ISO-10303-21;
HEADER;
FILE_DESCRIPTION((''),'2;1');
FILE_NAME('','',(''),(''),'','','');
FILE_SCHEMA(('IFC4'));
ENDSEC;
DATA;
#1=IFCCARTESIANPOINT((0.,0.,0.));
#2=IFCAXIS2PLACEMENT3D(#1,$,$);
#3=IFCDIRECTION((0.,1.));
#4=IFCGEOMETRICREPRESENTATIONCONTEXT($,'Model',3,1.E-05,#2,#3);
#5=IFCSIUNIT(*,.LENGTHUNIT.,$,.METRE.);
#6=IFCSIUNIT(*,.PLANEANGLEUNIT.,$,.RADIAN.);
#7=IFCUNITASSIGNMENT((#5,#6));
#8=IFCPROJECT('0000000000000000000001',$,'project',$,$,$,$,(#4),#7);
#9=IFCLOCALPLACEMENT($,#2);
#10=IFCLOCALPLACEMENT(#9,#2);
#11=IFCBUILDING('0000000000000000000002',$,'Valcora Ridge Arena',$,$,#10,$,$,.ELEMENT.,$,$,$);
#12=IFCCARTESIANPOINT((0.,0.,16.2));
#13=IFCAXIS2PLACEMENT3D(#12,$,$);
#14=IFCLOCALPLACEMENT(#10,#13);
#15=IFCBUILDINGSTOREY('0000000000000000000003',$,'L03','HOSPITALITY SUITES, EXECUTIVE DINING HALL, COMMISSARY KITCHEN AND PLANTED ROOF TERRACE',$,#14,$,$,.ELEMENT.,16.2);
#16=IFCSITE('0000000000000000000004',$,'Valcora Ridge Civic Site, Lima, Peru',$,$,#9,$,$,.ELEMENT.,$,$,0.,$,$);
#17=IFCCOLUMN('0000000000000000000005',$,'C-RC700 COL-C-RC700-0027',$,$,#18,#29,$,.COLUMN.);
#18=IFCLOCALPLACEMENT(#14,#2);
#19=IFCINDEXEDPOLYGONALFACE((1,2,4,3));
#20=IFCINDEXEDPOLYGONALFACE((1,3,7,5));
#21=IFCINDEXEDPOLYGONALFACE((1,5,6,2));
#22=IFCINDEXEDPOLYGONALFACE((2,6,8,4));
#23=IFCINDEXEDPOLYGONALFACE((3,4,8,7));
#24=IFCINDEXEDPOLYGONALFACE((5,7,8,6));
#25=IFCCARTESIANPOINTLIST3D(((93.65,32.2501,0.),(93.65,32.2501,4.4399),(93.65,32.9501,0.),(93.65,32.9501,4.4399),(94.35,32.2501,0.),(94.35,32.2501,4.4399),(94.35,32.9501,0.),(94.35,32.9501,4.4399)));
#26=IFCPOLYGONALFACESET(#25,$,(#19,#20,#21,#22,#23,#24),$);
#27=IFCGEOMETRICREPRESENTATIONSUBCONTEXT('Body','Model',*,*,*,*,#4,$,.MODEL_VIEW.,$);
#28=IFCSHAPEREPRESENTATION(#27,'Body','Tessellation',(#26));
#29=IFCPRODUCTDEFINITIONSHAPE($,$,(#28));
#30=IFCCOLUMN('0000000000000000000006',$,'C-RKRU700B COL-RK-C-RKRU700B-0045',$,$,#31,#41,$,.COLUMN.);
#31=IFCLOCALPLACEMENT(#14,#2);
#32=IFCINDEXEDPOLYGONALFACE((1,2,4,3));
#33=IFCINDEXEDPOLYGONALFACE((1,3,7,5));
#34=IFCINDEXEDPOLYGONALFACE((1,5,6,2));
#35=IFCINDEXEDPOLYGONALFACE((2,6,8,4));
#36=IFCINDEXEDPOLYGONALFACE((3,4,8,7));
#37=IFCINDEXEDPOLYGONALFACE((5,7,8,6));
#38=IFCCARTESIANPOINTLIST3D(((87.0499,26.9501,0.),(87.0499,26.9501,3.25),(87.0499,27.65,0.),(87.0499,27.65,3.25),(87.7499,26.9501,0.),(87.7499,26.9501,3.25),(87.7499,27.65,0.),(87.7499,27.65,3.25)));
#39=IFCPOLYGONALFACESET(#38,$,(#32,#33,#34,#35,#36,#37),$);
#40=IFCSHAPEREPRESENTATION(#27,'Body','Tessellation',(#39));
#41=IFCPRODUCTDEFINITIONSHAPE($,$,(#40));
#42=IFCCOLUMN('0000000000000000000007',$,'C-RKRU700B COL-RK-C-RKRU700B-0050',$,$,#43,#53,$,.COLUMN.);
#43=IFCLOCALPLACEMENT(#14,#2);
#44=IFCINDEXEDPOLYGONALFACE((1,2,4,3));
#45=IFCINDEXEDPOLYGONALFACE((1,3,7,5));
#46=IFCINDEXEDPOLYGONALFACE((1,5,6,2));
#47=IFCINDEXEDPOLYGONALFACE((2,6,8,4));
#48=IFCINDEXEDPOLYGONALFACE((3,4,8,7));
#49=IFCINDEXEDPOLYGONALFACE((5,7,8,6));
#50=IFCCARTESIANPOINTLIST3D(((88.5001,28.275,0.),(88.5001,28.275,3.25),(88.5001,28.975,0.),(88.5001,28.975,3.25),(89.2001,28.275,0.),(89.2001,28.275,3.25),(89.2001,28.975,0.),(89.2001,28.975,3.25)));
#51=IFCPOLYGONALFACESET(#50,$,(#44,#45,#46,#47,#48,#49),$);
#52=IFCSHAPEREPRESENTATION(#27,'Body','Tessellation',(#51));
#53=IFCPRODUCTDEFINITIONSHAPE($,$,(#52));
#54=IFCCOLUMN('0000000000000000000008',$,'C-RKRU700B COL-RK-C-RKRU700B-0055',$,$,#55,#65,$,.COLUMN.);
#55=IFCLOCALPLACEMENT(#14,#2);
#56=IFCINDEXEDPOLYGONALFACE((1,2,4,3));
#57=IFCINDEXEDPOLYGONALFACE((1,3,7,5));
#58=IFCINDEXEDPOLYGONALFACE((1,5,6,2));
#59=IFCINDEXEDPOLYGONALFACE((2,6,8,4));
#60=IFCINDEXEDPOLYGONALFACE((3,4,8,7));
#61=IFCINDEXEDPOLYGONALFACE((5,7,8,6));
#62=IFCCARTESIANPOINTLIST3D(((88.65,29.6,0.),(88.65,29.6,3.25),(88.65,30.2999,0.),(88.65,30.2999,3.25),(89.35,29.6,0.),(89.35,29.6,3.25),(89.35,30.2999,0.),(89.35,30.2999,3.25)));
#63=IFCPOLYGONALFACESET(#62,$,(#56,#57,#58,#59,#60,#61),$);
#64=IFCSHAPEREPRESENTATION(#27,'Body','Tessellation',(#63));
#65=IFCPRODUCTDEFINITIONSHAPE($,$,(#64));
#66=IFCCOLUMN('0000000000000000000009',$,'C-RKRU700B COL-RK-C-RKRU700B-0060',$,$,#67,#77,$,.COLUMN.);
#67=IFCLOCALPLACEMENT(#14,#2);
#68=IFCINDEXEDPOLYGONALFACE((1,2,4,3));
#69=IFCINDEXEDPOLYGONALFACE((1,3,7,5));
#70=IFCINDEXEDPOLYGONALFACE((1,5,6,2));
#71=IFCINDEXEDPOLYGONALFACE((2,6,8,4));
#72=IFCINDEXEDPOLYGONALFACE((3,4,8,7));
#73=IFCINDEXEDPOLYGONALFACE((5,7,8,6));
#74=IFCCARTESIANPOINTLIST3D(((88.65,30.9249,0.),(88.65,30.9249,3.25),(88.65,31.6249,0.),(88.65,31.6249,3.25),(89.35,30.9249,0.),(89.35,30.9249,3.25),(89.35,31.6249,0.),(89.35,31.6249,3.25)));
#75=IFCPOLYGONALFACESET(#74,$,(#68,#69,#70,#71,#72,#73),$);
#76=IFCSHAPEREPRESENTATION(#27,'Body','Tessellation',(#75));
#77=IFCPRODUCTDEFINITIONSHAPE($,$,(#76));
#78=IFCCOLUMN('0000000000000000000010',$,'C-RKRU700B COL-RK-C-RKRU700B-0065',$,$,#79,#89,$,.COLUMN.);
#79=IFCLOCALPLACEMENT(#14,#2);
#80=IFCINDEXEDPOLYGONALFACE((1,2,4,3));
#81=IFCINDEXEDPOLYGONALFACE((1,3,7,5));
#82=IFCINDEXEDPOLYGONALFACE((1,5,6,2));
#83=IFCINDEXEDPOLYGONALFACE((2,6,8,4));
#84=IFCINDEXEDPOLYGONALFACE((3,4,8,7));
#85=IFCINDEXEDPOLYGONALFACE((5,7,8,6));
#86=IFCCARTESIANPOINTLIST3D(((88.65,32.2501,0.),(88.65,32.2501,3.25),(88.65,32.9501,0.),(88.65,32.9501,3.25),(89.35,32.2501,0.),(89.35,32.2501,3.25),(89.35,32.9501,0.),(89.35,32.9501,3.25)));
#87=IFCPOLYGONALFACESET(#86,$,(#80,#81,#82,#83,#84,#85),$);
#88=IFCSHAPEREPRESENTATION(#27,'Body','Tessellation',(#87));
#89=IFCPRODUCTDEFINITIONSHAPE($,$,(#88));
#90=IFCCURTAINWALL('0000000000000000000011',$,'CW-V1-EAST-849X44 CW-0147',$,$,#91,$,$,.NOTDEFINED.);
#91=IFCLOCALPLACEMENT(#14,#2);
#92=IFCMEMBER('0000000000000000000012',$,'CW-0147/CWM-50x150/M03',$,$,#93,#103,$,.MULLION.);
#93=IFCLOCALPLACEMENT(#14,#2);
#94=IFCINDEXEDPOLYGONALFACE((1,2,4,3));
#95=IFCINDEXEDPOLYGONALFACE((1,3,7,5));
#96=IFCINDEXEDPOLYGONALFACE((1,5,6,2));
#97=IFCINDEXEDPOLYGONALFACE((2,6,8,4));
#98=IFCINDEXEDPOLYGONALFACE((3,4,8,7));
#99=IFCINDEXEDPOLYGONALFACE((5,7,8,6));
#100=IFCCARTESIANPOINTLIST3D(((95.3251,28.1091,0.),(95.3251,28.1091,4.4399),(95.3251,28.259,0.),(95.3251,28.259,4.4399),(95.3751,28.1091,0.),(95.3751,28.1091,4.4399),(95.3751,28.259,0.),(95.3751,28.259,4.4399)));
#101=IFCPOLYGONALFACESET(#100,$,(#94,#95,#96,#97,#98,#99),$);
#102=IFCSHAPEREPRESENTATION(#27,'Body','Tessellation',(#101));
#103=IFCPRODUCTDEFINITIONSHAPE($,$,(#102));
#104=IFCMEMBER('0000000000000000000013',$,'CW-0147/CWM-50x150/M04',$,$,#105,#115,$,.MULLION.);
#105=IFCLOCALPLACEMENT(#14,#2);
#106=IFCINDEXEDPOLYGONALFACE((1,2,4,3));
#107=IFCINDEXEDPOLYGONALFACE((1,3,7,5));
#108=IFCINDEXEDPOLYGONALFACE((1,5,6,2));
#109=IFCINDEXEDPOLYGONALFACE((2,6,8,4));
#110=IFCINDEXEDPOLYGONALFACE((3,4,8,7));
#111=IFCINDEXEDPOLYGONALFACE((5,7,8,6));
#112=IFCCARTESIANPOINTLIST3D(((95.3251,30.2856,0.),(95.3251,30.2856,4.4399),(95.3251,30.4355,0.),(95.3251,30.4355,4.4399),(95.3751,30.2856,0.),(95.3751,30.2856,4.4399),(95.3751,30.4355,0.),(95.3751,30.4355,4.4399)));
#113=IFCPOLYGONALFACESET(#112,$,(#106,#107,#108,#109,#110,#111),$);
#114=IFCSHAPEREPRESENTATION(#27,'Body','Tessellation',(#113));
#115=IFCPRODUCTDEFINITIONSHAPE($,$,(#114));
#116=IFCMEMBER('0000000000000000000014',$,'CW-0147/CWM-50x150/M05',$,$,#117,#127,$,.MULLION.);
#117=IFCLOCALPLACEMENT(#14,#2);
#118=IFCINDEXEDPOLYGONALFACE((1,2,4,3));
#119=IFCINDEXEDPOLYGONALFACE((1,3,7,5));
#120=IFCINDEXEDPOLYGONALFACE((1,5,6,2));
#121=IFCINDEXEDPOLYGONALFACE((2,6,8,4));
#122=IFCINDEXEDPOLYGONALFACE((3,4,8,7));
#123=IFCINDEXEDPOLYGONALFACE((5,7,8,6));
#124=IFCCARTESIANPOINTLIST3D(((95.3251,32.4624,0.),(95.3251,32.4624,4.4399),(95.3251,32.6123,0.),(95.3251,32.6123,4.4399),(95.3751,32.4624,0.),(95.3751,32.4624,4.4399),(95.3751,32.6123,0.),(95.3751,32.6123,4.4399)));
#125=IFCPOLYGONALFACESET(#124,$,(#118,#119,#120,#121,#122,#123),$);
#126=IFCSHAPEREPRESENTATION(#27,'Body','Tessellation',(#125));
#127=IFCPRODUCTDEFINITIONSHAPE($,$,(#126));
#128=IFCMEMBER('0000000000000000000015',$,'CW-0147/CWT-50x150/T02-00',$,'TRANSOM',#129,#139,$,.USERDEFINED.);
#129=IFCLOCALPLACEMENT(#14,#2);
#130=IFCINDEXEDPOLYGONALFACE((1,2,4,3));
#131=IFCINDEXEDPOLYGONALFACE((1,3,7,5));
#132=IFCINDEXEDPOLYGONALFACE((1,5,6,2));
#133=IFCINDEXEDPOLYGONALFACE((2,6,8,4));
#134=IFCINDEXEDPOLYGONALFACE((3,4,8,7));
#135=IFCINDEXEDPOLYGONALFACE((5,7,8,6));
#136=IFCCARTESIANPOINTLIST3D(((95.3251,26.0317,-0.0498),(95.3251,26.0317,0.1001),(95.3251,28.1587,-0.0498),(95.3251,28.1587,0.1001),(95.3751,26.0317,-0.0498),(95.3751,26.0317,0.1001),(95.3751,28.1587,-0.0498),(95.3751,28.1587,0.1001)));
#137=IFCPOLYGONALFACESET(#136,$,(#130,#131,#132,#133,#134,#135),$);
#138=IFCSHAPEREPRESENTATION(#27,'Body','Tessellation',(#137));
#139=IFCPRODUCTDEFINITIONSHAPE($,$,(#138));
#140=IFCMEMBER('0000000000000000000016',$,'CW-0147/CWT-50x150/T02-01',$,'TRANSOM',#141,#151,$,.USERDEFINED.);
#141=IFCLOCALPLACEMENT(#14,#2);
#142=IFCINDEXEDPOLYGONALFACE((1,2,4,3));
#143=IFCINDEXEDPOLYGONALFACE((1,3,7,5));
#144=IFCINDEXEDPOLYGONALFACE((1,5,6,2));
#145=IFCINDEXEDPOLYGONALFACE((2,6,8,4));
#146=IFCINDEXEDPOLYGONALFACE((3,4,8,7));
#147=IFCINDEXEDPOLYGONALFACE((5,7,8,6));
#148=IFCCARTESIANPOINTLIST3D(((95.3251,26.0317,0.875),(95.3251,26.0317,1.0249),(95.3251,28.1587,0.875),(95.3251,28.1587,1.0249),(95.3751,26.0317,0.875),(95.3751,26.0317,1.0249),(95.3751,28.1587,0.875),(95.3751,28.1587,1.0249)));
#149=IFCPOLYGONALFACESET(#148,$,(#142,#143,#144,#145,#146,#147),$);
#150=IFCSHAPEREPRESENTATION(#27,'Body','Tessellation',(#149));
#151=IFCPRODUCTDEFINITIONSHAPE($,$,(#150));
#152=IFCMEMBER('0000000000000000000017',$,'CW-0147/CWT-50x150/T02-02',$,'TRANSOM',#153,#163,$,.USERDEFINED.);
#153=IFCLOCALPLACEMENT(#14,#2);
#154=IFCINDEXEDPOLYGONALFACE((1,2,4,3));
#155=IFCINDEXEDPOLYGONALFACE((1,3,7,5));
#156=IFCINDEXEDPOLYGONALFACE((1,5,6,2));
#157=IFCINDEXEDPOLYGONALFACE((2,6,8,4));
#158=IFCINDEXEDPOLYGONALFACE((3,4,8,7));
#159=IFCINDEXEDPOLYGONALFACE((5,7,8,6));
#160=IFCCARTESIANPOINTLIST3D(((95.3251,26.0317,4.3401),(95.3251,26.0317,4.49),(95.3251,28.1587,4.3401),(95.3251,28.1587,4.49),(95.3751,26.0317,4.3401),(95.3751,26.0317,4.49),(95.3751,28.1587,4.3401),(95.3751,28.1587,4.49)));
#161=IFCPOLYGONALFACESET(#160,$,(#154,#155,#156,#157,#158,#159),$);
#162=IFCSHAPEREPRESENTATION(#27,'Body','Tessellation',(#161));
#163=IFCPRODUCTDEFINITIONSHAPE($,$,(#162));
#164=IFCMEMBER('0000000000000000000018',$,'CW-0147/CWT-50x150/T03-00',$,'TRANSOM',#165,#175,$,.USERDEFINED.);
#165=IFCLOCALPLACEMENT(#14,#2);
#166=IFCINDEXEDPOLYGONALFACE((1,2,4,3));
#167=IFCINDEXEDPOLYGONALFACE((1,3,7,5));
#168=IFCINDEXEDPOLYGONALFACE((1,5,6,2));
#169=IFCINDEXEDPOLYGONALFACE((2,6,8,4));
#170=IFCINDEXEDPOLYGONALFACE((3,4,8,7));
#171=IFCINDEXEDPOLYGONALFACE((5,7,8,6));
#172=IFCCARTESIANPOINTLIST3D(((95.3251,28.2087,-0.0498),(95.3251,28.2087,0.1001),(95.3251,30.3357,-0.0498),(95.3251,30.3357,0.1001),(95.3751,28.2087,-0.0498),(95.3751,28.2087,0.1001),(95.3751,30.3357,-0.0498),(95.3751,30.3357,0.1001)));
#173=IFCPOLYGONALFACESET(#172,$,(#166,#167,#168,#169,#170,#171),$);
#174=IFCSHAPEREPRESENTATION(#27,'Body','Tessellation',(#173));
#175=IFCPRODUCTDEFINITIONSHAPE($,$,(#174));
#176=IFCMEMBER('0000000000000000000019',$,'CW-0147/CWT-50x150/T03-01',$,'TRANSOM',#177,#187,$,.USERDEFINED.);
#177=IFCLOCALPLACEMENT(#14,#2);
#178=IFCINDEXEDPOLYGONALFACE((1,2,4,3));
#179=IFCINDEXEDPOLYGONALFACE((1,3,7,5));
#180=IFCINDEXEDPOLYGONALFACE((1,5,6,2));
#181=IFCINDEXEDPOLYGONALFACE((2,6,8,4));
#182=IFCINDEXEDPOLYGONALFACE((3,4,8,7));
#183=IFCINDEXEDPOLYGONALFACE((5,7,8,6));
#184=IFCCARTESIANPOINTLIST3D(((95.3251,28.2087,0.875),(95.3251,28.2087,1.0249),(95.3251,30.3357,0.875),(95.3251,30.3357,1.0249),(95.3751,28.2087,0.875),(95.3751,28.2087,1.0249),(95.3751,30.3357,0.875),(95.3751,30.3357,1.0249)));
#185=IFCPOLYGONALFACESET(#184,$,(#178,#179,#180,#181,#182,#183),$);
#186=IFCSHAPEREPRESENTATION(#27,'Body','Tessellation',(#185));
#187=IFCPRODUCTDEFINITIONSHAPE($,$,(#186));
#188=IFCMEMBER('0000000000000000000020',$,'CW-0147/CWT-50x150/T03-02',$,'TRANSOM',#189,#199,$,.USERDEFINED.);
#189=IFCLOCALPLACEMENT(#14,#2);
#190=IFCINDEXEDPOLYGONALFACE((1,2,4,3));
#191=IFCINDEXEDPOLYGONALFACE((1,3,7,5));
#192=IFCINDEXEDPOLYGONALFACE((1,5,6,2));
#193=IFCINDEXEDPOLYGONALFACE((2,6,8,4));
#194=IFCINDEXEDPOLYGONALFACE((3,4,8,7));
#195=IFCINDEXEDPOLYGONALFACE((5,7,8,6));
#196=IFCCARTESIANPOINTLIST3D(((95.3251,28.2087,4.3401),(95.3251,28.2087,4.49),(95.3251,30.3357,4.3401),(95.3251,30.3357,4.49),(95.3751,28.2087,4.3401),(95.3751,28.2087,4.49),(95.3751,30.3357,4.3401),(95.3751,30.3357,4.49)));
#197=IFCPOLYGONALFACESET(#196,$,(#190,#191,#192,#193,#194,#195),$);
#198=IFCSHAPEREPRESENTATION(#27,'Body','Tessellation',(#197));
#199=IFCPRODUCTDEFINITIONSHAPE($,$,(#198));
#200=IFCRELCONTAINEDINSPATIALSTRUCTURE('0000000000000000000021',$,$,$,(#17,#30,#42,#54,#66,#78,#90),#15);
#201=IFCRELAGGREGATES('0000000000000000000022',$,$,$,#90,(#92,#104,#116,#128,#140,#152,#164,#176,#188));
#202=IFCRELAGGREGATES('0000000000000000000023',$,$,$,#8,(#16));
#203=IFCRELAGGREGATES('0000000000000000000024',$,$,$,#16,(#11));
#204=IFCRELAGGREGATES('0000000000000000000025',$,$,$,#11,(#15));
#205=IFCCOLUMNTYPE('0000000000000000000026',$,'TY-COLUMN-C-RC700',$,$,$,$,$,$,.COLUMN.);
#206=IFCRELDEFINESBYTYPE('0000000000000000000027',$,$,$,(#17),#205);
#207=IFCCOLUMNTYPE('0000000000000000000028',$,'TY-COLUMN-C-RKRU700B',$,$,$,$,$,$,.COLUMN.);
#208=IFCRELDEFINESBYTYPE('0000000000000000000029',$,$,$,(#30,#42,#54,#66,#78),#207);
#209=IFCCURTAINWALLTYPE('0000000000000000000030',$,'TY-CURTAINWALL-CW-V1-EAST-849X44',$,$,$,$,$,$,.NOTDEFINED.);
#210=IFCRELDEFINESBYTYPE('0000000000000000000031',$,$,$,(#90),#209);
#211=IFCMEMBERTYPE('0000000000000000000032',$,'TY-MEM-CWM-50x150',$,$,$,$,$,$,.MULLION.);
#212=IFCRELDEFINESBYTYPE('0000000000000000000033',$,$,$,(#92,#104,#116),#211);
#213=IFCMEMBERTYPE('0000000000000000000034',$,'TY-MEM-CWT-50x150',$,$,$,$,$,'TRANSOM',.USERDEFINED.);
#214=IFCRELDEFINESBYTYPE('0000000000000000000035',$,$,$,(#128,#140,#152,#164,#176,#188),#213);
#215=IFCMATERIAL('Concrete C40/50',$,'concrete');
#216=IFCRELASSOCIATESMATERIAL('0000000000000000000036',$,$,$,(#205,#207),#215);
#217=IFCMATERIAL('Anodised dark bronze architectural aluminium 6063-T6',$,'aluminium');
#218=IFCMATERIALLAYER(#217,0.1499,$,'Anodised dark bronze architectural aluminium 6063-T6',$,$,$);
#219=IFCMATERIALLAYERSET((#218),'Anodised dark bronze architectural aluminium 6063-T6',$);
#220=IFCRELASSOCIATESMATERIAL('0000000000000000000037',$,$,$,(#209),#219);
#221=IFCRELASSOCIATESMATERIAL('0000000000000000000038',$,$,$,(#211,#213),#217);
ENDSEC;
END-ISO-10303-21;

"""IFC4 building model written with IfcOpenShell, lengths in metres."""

from ifc_helpers import new_model, si_unit, direction, frame, origin, origin_2d, place, context, subcontext, project, spatial, rectangle, extrude, material, layer, layer_set, material_profile, profile_set, type_object, element, aggregate, save


model = new_model("IFC4")

# Units and contexts
model_context = context("Model", 3, precision=1e-05, world=origin(), true_north=direction((0.0, 1.0)))
body_context = subcontext(model_context, "Body", "Model", "MODEL_VIEW")
ifc_project = project(units=[si_unit("LENGTHUNIT", "METRE"), si_unit("PLANEANGLEUNIT", "RADIAN")], contexts=[model_context])

# Site, building, storey
site_placement = place(None, origin())
site = spatial("IfcSite", under=ifc_project, at=site_placement, Name="Valcora Ridge Civic Site, Lima, Peru", CompositionType="ELEMENT", RefElevation=0.0)
building_placement = place(site_placement, origin())
building = spatial("IfcBuilding", under=site, at=building_placement, Name="Valcora Ridge Arena", CompositionType="ELEMENT")
storey_placement = place(building_placement, frame((0.0, 0.0, 16.2)))
storey = spatial("IfcBuildingStorey", under=building, at=storey_placement, Name="L03", Description="HOSPITALITY SUITES, EXECUTIVE DINING HALL, COMMISSARY KITCHEN AND PLANTED ROOF TERRACE", CompositionType="ELEMENT", Elevation=16.2)

# Columns
ifc_material_1 = material(Name="Concrete C40/50", Category="concrete")
ifc_material_profile_1 = material_profile(ifc_material_1, rectangle(XDim=0.7, YDim=0.7, at=origin_2d()), Name="RC 700x700")
ifc_profile_set_1 = profile_set([ifc_material_profile_1], Name="Concrete C40/50")
column_type_1 = type_object("IfcColumnType", Name="TY-COLUMN-C-RC700", PredefinedType="COLUMN", material=ifc_profile_set_1)
column_placement = place(storey_placement, frame((94.0, 32.6001, 0.0), z_axis=(0.0, 0.0, 1.0), x_axis=(1.0, 0.0, 0.0)))
element("IfcColumn", 1, at=column_placement, inside=storey, type_object=column_type_1, Name="C-RC700 COL-C-RC700-0027", PredefinedType="COLUMN", context=body_context, shape_type="SweptSolid", body=[
    extrude(rectangle(XDim=0.7, YDim=0.7, at=origin_2d()), origin(), (0.0, 0.0, 1.0), 4.4399),
])
ifc_material_profile_2 = material_profile(ifc_material_1, rectangle(XDim=0.7, YDim=0.7, at=origin_2d()), Name="RC 700x700")
ifc_profile_set_2 = profile_set([ifc_material_profile_2], Name="Concrete C40/50")
column_type_2 = type_object("IfcColumnType", Name="TY-COLUMN-C-RKRU700B", PredefinedType="COLUMN", material=ifc_profile_set_2)
for number, where, z_axis, x_axis, name in (
    (2, (87.3999, 27.3, 0.0), (0.0, 0.0, 1.0), (1.0, 0.0, 0.0), "C-RKRU700B COL-RK-C-RKRU700B-0045"),
    (3, (88.8501, 28.625, 0.0), (0.0, 0.0, 1.0), (1.0, 0.0, 0.0), "C-RKRU700B COL-RK-C-RKRU700B-0050"),
    (4, (89.0, 29.95, 0.0), (0.0, 0.0, 1.0), (1.0, 0.0, 0.0), "C-RKRU700B COL-RK-C-RKRU700B-0055"),
    (5, (89.0, 31.2749, 0.0), (0.0, 0.0, 1.0), (1.0, 0.0, 0.0), "C-RKRU700B COL-RK-C-RKRU700B-0060"),
    (6, (89.0, 32.6001, 0.0), (0.0, 0.0, 1.0), (1.0, 0.0, 0.0), "C-RKRU700B COL-RK-C-RKRU700B-0065"),
):
    element("IfcColumn", number, at=place(storey_placement, frame(where, z_axis=z_axis, x_axis=x_axis)), inside=storey, type_object=column_type_2, Name=name, PredefinedType="COLUMN", context=body_context, shape_type="SweptSolid", body=[
        extrude(rectangle(XDim=0.7, YDim=0.7, at=origin_2d()), origin(), (0.0, 0.0, 1.0), 3.25),
    ])

# Curtain wall, members
ifc_material_2 = material(Name="Anodised dark bronze architectural aluminium 6063-T6", Category="aluminium")
ifc_layer_1 = layer(ifc_material_2, 0.1499, Name="Anodised dark bronze architectural aluminium 6063-T6")
ifc_layer_set_1 = layer_set([ifc_layer_1], Name="Anodised dark bronze architectural aluminium 6063-T6")
curtain_wall_type = type_object("IfcCurtainWallType", Name="TY-CURTAINWALL-CW-V1-EAST-849X44", PredefinedType="NOTDEFINED", material=ifc_layer_set_1)
curtain_wall_placement = place(storey_placement, origin())
curtain_wall = element("IfcCurtainWall", 7, at=curtain_wall_placement, inside=storey, type_object=curtain_wall_type, Name="CW-V1-EAST-849X44 CW-0147", PredefinedType="NOTDEFINED")
ifc_material_profile_3 = material_profile(ifc_material_2, rectangle(XDim=0.05, YDim=0.1499, at=origin_2d()), Name="ALU MULLION 50x150")
ifc_profile_set_3 = profile_set([ifc_material_profile_3], Name="Anodised dark bronze architectural aluminium 6063-T6")
member_type_1 = type_object("IfcMemberType", Name="TY-MEM-CWM-50x150", PredefinedType="MULLION", material=ifc_profile_set_3)
member_1_placement = place(storey_placement, frame((95.3501, 28.1841, 0.0), z_axis=(0.0, 0.0, 1.0), x_axis=(-1.0, 0.0, 0.0)))
member_1 = element("IfcMember", 8, at=member_1_placement, type_object=member_type_1, Name="CW-0147/CWM-50x150/M03", PredefinedType="MULLION", context=body_context, shape_type="SweptSolid", body=[
    extrude(rectangle(XDim=0.05, YDim=0.1499, at=origin_2d()), origin(), (0.0, 0.0, 1.0), 4.4399),
])
member_2_placement = place(storey_placement, frame((95.3501, 30.3606, 0.0), z_axis=(0.0, 0.0, 1.0), x_axis=(-1.0, 0.0, 0.0)))
member_2 = element("IfcMember", 9, at=member_2_placement, type_object=member_type_1, Name="CW-0147/CWM-50x150/M04", PredefinedType="MULLION", context=body_context, shape_type="SweptSolid", body=[
    extrude(rectangle(XDim=0.05, YDim=0.1499, at=origin_2d()), origin(), (0.0, 0.0, 1.0), 4.4399),
])
member_3_placement = place(storey_placement, frame((95.3501, 32.5374, 0.0), z_axis=(0.0, 0.0, 1.0), x_axis=(-1.0, 0.0, 0.0)))
member_3 = element("IfcMember", 10, at=member_3_placement, type_object=member_type_1, Name="CW-0147/CWM-50x150/M05", PredefinedType="MULLION", context=body_context, shape_type="SweptSolid", body=[
    extrude(rectangle(XDim=0.05, YDim=0.1499, at=origin_2d()), origin(), (0.0, 0.0, 1.0), 4.4399),
])
ifc_material_profile_4 = material_profile(ifc_material_2, rectangle(XDim=0.05, YDim=0.1499, at=origin_2d()), Name="ALU TRANSOM 50x150")
ifc_profile_set_4 = profile_set([ifc_material_profile_4], Name="Anodised dark bronze architectural aluminium 6063-T6")
member_type_2 = type_object("IfcMemberType", Name="TY-MEM-CWT-50x150", ElementType="TRANSOM", PredefinedType="USERDEFINED", material=ifc_profile_set_4)
member_4_placement = place(storey_placement, frame((95.3501, 26.0317, 0.0251), z_axis=(0.0, 1.0, 0.0), x_axis=(-1.0, 0.0, 0.0)))
member_4 = element("IfcMember", 11, at=member_4_placement, type_object=member_type_2, Name="CW-0147/CWT-50x150/T02-00", ObjectType="TRANSOM", PredefinedType="USERDEFINED", context=body_context, shape_type="SweptSolid", body=[
    extrude(rectangle(XDim=0.05, YDim=0.1499, at=origin_2d()), origin(), (0.0, 0.0, 1.0), 2.127),
])
member_5_placement = place(storey_placement, frame((95.3501, 26.0317, 0.95), z_axis=(0.0, 1.0, 0.0), x_axis=(-1.0, 0.0, 0.0)))
member_5 = element("IfcMember", 12, at=member_5_placement, type_object=member_type_2, Name="CW-0147/CWT-50x150/T02-01", ObjectType="TRANSOM", PredefinedType="USERDEFINED", context=body_context, shape_type="SweptSolid", body=[
    extrude(rectangle(XDim=0.05, YDim=0.1499, at=origin_2d()), origin(), (0.0, 0.0, 1.0), 2.127),
])
member_6_placement = place(storey_placement, frame((95.3501, 26.0317, 4.415), z_axis=(0.0, 1.0, 0.0), x_axis=(-1.0, 0.0, 0.0)))
member_6 = element("IfcMember", 13, at=member_6_placement, type_object=member_type_2, Name="CW-0147/CWT-50x150/T02-02", ObjectType="TRANSOM", PredefinedType="USERDEFINED", context=body_context, shape_type="SweptSolid", body=[
    extrude(rectangle(XDim=0.05, YDim=0.1499, at=origin_2d()), origin(), (0.0, 0.0, 1.0), 2.127),
])
member_7_placement = place(storey_placement, frame((95.3501, 28.2087, 0.0251), z_axis=(0.0, 1.0, 0.0), x_axis=(-1.0, 0.0, 0.0)))
member_7 = element("IfcMember", 14, at=member_7_placement, type_object=member_type_2, Name="CW-0147/CWT-50x150/T03-00", ObjectType="TRANSOM", PredefinedType="USERDEFINED", context=body_context, shape_type="SweptSolid", body=[
    extrude(rectangle(XDim=0.05, YDim=0.1499, at=origin_2d()), origin(), (0.0, 0.0, 1.0), 2.127),
])
member_8_placement = place(storey_placement, frame((95.3501, 28.2087, 0.95), z_axis=(0.0, 1.0, 0.0), x_axis=(-1.0, 0.0, 0.0)))
member_8 = element("IfcMember", 15, at=member_8_placement, type_object=member_type_2, Name="CW-0147/CWT-50x150/T03-01", ObjectType="TRANSOM", PredefinedType="USERDEFINED", context=body_context, shape_type="SweptSolid", body=[
    extrude(rectangle(XDim=0.05, YDim=0.1499, at=origin_2d()), origin(), (0.0, 0.0, 1.0), 2.127),
])
member_9_placement = place(storey_placement, frame((95.3501, 28.2087, 4.415), z_axis=(0.0, 1.0, 0.0), x_axis=(-1.0, 0.0, 0.0)))
member_9 = element("IfcMember", 16, at=member_9_placement, type_object=member_type_2, Name="CW-0147/CWT-50x150/T03-02", ObjectType="TRANSOM", PredefinedType="USERDEFINED", context=body_context, shape_type="SweptSolid", body=[
    extrude(rectangle(XDim=0.05, YDim=0.1499, at=origin_2d()), origin(), (0.0, 0.0, 1.0), 2.127),
])

aggregate(curtain_wall, [member_1, member_2, member_3, member_4, member_5, member_6, member_7, member_8, member_9])

save(model, "model.ifc")
